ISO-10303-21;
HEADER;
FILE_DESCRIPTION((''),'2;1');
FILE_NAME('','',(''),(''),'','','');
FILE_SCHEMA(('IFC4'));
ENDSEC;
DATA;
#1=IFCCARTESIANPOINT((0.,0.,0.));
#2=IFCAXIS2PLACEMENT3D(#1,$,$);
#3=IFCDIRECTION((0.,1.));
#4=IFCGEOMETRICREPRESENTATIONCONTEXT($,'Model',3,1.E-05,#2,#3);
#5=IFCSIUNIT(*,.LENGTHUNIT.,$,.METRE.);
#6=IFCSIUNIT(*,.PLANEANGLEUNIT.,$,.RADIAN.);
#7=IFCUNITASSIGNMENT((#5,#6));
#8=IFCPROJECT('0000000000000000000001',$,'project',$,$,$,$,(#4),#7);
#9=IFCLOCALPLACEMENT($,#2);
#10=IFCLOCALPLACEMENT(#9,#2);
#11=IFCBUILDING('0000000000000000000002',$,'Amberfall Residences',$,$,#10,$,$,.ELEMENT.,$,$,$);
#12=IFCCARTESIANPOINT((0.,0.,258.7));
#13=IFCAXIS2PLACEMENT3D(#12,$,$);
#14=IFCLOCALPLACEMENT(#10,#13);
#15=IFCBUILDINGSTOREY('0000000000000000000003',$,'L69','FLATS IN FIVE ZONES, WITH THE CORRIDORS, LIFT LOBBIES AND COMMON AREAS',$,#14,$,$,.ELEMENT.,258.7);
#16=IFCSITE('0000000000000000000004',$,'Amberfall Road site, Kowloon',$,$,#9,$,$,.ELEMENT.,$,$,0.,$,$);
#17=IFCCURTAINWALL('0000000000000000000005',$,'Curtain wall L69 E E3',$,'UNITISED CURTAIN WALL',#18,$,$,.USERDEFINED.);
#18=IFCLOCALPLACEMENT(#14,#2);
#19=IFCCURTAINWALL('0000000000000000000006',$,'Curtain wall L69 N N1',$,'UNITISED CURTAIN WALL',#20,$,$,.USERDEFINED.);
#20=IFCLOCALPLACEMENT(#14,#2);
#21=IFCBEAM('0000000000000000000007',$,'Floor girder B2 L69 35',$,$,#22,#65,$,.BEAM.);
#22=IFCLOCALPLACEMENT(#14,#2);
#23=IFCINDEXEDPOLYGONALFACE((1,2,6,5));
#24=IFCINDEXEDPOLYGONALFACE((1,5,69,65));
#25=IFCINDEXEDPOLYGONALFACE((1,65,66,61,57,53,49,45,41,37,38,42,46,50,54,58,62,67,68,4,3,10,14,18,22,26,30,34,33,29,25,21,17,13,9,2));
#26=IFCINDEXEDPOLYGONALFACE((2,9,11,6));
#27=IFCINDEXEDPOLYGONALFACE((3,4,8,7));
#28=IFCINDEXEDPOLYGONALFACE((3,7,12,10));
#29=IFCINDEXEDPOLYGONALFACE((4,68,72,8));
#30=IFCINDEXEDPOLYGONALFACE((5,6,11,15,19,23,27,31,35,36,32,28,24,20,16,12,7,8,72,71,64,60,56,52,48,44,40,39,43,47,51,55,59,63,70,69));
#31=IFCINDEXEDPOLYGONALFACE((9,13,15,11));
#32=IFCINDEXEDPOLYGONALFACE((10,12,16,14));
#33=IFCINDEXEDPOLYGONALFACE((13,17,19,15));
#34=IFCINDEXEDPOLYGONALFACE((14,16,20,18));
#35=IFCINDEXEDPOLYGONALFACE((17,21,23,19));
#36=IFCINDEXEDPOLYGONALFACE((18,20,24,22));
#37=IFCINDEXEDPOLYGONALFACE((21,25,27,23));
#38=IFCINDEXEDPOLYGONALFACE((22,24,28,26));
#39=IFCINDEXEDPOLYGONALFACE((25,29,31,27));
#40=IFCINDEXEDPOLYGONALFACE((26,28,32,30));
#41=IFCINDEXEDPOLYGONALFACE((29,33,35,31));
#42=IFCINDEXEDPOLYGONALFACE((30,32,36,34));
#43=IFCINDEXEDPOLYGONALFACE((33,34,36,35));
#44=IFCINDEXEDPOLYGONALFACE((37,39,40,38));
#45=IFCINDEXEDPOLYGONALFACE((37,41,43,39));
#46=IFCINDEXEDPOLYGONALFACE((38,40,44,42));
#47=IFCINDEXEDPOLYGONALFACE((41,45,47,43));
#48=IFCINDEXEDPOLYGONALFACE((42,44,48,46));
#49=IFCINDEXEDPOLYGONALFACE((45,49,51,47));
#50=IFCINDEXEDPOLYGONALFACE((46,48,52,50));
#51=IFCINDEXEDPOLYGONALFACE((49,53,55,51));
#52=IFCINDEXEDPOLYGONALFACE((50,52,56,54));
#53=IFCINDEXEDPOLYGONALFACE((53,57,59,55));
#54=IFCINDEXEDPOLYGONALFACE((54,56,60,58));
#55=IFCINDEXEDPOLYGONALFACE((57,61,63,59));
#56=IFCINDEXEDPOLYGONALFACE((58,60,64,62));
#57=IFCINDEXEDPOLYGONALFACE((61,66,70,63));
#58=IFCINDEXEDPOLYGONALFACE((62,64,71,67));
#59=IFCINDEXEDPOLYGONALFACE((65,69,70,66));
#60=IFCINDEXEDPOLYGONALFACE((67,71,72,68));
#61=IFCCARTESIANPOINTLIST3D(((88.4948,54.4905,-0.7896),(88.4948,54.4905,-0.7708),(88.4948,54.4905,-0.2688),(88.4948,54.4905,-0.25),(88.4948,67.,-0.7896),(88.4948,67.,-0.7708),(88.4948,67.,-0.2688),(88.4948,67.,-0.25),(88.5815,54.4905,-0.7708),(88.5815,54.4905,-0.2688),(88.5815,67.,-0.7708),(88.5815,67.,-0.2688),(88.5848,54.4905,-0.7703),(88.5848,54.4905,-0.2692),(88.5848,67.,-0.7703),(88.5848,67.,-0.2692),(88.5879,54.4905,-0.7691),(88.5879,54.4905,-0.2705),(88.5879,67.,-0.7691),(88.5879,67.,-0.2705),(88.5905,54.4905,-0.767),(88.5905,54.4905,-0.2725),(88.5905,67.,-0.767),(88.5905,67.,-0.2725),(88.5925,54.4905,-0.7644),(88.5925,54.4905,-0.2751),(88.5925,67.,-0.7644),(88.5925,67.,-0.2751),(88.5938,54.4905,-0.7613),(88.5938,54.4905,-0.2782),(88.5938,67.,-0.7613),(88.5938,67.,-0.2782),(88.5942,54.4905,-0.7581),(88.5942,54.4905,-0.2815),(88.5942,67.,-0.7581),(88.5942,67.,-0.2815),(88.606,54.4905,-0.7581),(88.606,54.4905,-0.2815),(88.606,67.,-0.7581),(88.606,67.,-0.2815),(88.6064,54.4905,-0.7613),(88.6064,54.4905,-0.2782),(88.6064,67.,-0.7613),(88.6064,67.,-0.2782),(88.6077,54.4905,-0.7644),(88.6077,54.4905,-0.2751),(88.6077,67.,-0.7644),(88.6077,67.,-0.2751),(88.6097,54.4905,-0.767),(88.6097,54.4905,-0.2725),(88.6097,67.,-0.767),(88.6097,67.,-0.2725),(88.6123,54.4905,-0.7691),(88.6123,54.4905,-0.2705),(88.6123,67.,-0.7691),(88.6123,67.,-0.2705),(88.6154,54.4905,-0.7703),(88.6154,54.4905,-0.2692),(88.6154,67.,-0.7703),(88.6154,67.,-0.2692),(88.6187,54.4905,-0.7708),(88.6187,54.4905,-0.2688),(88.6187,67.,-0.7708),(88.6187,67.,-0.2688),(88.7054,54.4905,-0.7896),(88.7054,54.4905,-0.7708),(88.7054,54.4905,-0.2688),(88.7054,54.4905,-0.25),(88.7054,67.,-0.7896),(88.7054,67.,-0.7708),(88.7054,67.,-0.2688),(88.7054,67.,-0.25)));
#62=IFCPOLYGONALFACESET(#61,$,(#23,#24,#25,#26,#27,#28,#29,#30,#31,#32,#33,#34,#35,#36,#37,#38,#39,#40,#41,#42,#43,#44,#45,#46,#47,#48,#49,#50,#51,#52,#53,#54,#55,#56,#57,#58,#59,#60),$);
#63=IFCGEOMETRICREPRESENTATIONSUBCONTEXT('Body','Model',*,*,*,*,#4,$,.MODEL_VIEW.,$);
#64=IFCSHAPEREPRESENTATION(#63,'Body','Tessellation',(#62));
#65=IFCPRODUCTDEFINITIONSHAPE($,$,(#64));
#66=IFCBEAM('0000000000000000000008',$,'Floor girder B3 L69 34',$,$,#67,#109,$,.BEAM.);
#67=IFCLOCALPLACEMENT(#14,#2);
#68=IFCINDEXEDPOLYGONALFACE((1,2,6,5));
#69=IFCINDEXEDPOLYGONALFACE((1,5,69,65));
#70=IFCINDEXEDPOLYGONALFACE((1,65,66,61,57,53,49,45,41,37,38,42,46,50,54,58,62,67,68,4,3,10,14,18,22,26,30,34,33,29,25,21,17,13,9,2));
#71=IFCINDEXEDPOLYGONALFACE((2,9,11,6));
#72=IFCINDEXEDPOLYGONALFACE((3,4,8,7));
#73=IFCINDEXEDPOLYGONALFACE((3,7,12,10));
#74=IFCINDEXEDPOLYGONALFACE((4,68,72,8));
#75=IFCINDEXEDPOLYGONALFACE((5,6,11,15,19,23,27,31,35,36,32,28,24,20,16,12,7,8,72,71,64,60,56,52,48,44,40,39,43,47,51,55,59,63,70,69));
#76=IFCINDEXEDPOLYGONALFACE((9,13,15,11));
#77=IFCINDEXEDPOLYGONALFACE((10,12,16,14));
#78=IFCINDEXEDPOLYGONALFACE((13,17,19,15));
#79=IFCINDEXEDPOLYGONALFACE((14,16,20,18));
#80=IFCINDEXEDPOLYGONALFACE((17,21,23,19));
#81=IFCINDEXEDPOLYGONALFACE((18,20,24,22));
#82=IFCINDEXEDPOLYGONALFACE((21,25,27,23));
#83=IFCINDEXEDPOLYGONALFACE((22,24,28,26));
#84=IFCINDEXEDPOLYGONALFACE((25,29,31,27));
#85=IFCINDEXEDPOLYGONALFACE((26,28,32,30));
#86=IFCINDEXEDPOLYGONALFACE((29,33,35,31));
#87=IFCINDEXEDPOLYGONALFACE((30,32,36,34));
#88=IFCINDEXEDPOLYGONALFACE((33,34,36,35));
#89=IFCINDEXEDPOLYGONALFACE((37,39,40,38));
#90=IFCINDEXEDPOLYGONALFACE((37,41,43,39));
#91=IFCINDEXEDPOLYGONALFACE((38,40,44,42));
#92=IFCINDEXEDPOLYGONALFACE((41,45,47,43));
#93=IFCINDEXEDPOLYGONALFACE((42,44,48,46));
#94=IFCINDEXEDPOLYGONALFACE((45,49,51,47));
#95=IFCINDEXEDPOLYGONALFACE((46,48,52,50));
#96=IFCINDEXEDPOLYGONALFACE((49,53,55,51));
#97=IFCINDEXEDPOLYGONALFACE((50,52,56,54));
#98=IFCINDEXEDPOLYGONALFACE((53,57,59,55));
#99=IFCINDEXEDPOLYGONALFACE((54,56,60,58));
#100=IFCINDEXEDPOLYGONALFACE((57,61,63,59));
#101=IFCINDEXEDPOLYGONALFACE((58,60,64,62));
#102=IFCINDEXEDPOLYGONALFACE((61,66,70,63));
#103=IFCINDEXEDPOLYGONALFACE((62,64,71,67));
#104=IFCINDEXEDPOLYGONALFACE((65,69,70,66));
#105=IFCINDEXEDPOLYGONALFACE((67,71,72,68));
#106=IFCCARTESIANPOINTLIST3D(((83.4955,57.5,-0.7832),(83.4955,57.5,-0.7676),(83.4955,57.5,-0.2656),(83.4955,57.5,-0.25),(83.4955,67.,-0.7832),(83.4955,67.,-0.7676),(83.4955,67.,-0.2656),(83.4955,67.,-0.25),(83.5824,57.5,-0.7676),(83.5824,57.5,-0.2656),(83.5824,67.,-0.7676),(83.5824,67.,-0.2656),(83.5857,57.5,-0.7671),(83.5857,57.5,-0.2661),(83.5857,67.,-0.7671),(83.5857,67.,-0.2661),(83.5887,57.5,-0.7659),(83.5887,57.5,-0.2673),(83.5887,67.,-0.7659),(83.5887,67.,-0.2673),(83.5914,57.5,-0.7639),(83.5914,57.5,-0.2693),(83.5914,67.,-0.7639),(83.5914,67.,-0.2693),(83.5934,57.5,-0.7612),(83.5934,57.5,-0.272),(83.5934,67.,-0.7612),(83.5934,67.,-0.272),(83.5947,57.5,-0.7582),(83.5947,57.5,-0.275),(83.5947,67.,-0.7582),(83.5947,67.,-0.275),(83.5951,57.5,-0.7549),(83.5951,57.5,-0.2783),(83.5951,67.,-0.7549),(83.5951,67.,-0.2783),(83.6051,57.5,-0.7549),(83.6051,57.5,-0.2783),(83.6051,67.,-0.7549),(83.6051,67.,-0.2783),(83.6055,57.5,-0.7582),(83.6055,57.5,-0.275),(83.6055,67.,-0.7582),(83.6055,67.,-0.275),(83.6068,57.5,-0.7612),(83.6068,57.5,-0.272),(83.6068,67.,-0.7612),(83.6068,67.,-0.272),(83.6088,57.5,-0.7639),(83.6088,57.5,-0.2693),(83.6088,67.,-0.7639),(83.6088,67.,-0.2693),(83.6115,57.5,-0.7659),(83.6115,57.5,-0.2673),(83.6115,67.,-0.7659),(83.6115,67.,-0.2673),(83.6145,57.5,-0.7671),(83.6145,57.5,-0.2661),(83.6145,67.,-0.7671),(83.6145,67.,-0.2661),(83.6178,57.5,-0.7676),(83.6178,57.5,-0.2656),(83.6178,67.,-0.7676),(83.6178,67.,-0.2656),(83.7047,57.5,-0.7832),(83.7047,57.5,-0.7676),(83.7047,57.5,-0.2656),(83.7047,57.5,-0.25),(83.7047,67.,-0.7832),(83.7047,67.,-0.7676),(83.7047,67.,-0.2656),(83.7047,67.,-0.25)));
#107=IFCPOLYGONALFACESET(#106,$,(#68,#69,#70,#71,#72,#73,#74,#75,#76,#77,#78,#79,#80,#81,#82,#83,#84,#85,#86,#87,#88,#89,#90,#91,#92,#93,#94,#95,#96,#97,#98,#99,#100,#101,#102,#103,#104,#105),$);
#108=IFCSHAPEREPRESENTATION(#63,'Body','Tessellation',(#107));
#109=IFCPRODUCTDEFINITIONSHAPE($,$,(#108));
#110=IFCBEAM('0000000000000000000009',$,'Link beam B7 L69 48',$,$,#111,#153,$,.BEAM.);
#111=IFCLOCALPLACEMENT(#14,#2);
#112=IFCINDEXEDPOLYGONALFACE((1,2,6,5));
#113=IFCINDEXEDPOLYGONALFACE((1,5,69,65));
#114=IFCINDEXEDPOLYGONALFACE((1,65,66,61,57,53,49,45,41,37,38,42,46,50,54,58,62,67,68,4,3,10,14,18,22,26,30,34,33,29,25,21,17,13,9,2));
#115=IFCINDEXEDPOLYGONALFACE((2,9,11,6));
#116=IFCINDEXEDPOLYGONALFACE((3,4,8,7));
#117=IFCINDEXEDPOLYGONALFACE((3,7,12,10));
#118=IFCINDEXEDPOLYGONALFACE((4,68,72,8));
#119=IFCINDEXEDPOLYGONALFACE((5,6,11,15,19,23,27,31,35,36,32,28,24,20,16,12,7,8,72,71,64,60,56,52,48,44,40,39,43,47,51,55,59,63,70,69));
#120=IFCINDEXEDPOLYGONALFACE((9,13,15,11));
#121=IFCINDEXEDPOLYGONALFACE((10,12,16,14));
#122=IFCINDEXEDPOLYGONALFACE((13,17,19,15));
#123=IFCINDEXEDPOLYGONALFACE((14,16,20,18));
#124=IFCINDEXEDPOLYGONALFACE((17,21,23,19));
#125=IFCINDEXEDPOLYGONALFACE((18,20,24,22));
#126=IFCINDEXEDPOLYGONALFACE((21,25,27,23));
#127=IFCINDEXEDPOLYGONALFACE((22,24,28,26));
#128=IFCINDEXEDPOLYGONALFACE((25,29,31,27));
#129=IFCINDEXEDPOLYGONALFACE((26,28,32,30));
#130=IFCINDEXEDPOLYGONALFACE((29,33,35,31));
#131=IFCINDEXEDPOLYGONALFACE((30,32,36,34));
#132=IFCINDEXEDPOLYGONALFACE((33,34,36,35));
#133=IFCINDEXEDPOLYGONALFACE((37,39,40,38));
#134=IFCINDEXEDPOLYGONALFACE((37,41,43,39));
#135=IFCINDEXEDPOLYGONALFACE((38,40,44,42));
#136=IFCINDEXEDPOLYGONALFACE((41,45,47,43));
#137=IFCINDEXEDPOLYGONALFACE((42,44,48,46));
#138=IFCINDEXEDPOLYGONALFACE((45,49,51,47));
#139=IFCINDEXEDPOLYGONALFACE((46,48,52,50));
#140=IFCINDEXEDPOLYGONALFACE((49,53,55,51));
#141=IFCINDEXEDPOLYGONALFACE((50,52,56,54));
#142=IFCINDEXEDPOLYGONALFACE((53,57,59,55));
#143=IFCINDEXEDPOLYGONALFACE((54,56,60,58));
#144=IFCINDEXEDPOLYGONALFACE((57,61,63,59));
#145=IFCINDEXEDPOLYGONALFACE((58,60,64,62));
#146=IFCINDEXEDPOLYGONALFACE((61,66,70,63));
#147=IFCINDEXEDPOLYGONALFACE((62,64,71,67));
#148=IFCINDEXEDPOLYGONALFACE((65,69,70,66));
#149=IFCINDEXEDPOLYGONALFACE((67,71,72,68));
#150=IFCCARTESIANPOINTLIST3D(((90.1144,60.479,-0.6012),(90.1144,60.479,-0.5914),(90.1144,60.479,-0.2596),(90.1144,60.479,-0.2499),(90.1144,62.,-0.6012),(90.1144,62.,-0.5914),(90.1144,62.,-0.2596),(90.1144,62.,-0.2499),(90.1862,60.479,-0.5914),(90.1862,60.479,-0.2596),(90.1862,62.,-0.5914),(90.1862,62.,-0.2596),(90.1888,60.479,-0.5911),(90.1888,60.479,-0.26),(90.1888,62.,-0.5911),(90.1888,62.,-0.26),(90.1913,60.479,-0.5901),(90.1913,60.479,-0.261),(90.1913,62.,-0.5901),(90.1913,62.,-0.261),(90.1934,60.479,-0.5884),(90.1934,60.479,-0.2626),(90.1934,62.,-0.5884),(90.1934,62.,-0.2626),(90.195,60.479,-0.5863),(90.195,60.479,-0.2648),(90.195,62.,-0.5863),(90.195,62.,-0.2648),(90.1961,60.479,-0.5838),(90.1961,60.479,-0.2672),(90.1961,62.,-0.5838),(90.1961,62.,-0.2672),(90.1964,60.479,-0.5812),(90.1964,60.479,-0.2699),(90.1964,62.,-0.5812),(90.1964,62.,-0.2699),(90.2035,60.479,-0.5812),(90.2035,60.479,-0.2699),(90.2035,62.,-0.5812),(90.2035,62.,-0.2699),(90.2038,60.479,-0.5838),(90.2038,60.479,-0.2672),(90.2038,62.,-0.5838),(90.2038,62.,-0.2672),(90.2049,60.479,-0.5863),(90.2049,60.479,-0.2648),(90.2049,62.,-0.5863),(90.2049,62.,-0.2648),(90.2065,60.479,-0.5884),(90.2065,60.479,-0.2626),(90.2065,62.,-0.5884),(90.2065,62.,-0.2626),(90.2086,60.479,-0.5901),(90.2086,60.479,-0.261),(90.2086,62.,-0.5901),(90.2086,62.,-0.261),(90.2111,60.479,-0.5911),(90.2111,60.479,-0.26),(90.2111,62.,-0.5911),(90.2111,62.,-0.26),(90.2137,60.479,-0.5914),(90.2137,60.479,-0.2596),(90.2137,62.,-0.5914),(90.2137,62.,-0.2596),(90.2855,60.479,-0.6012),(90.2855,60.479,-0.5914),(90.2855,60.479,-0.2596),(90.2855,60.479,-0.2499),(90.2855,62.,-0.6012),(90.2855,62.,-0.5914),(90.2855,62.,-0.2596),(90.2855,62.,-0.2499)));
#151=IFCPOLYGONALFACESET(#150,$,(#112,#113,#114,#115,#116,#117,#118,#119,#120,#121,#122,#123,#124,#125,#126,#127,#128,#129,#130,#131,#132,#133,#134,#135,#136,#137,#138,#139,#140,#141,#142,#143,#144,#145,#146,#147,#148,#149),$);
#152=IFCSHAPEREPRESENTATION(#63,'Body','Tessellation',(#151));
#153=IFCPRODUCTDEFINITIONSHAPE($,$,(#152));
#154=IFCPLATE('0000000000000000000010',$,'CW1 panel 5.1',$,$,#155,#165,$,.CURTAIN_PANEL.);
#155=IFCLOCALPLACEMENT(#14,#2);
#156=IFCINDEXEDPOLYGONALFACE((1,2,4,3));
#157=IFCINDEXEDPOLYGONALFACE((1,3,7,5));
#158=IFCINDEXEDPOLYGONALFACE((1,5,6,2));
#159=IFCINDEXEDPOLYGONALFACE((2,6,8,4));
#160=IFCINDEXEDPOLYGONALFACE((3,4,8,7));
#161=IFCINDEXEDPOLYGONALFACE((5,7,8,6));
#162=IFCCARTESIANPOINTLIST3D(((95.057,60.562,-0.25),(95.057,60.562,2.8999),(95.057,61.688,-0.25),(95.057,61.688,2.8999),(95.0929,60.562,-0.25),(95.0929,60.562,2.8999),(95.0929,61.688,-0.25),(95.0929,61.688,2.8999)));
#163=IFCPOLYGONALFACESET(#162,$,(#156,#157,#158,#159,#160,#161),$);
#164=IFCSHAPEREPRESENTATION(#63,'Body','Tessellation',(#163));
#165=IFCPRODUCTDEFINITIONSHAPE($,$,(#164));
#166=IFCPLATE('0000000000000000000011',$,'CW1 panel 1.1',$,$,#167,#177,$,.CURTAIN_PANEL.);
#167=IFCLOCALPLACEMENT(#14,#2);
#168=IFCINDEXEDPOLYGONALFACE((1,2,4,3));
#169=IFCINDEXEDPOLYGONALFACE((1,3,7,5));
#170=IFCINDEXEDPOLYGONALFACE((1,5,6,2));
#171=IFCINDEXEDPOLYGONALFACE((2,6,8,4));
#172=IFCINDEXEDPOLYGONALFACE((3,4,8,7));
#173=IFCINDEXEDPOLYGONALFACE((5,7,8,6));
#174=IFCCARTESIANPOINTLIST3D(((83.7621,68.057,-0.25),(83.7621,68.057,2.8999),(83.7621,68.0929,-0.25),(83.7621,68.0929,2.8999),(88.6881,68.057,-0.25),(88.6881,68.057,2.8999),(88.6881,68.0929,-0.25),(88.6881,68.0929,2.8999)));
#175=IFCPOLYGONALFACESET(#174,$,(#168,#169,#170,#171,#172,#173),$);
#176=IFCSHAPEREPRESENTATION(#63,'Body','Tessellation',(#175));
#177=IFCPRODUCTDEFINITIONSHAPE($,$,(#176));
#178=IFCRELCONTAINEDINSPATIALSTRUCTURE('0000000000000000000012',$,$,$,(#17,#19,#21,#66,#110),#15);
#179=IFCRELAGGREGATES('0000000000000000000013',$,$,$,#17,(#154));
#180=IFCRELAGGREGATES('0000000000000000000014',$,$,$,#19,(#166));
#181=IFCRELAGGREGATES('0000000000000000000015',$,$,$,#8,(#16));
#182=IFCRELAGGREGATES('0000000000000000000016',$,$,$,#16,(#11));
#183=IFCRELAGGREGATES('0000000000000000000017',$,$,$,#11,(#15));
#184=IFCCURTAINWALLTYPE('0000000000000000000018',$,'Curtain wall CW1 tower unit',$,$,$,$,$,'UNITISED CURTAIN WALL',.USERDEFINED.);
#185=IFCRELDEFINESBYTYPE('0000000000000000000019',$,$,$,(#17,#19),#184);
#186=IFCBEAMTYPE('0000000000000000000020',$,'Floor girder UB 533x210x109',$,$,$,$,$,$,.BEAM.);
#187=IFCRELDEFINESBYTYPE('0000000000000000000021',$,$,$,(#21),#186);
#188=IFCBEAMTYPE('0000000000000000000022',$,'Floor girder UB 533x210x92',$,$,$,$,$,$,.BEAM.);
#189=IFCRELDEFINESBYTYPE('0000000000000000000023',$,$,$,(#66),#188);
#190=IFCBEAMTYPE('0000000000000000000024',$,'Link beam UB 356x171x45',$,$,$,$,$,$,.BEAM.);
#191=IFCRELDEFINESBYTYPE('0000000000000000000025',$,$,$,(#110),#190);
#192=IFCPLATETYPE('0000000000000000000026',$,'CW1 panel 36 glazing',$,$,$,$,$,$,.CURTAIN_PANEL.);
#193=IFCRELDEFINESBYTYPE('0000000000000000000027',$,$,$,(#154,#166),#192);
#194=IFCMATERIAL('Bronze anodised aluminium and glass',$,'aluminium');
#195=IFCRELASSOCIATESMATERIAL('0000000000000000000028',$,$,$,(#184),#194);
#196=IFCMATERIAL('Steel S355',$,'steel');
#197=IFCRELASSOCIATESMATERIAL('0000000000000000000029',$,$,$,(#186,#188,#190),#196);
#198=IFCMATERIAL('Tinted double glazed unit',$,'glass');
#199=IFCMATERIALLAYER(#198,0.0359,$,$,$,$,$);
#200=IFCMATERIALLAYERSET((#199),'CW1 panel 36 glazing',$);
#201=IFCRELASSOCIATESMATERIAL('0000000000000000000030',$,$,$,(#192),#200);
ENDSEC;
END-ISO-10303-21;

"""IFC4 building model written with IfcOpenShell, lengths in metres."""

from ifc_helpers import new_model, si_unit, direction, frame, origin, origin_2d, place, context, subcontext, project, spatial, rectangle, i_section, extrude, material, layer, layer_set, material_profile, profile_set, type_object, element, aggregate, save


model = new_model("IFC4")

# Units and contexts
model_context = context("Model", 3, precision=1e-05, world=origin(), true_north=direction((0.0, 1.0)))
body_context = subcontext(model_context, "Body", "Model", "MODEL_VIEW")
ifc_project = project(units=[si_unit("LENGTHUNIT", "METRE"), si_unit("PLANEANGLEUNIT", "RADIAN")], contexts=[model_context])

# Site, building, storey
site_placement = place(None, origin())
site = spatial("IfcSite", under=ifc_project, at=site_placement, Name="Amberfall Road site, Kowloon", CompositionType="ELEMENT", RefElevation=0.0)
building_placement = place(site_placement, origin())
building = spatial("IfcBuilding", under=site, at=building_placement, Name="Amberfall Residences", CompositionType="ELEMENT")
storey_placement = place(building_placement, frame((0.0, 0.0, 258.7)))
storey = spatial("IfcBuildingStorey", under=building, at=storey_placement, Name="L69", Description="FLATS IN FIVE ZONES, WITH THE CORRIDORS, LIFT LOBBIES AND COMMON AREAS", CompositionType="ELEMENT", Elevation=258.7)

# Curtain walls
ifc_material_1 = material(Name="Bronze anodised aluminium and glass", Category="aluminium")
curtain_wall_type = type_object("IfcCurtainWallType", Name="Curtain wall CW1 tower unit", ElementType="UNITISED CURTAIN WALL", PredefinedType="USERDEFINED", material=ifc_material_1)
curtain_wall_1_placement = place(storey_placement, origin())
curtain_wall_1 = element("IfcCurtainWall", 1, at=curtain_wall_1_placement, inside=storey, type_object=curtain_wall_type, Name="Curtain wall L69 E E3", ObjectType="UNITISED CURTAIN WALL", PredefinedType="USERDEFINED")
curtain_wall_2_placement = place(storey_placement, origin())
curtain_wall_2 = element("IfcCurtainWall", 2, at=curtain_wall_2_placement, inside=storey, type_object=curtain_wall_type, Name="Curtain wall L69 N N1", ObjectType="UNITISED CURTAIN WALL", PredefinedType="USERDEFINED")

# Shared definitions
ifc_material_2 = material(Name="Steel S355", Category="steel")

# Beams
ifc_material_profile_1 = material_profile(ifc_material_2, i_section(OverallWidth=0.2107, OverallDepth=0.5396, WebThickness=0.0117, FlangeThickness=0.0188, FilletRadius=0.0127, at=origin_2d()), Name="UB 533x210x109")
ifc_profile_set_1 = profile_set([ifc_material_profile_1], Name="Steel S355")
beam_type_1 = type_object("IfcBeamType", Name="Floor girder UB 533x210x109", PredefinedType="BEAM", material=ifc_profile_set_1)
beam_1_placement = place(storey_placement, frame((88.6001, 67.0, -0.5198), z_axis=(0.0, -1.0, 0.0), x_axis=(1.0, 0.0, 0.0)))
element("IfcBeam", 3, at=beam_1_placement, inside=storey, type_object=beam_type_1, Name="Floor girder B2 L69 35", PredefinedType="BEAM", context=body_context, shape_type="SweptSolid", body=[
    extrude(i_section(OverallWidth=0.2107, OverallDepth=0.5396, WebThickness=0.0117, FlangeThickness=0.0188, FilletRadius=0.0127, at=origin_2d()), origin(), (0.0, 0.0, 1.0), 12.5095),
])
ifc_material_profile_2 = material_profile(ifc_material_2, i_section(OverallWidth=0.2092, OverallDepth=0.5332, WebThickness=0.01, FlangeThickness=0.0156, FilletRadius=0.0127, at=origin_2d()), Name="UB 533x210x92")
ifc_profile_set_2 = profile_set([ifc_material_profile_2], Name="Steel S355")
beam_type_2 = type_object("IfcBeamType", Name="Floor girder UB 533x210x92", PredefinedType="BEAM", material=ifc_profile_set_2)
beam_2_placement = place(storey_placement, frame((83.6001, 67.0, -0.5166), z_axis=(0.0, -1.0, 0.0), x_axis=(1.0, 0.0, 0.0)))
element("IfcBeam", 4, at=beam_2_placement, inside=storey, type_object=beam_type_2, Name="Floor girder B3 L69 34", PredefinedType="BEAM", context=body_context, shape_type="SweptSolid", body=[
    extrude(i_section(OverallWidth=0.2092, OverallDepth=0.5332, WebThickness=0.01, FlangeThickness=0.0156, FilletRadius=0.0127, at=origin_2d()), origin(), (0.0, 0.0, 1.0), 9.5),
])
ifc_material_profile_3 = material_profile(ifc_material_2, i_section(OverallWidth=0.1711, OverallDepth=0.3513, WebThickness=0.0071, FlangeThickness=0.0098, FilletRadius=0.0103, at=origin_2d()), Name="UB 356x171x45")
ifc_profile_set_3 = profile_set([ifc_material_profile_3], Name="Steel S355")
beam_type_3 = type_object("IfcBeamType", Name="Link beam UB 356x171x45", PredefinedType="BEAM", material=ifc_profile_set_3)
beam_3_placement = place(storey_placement, frame((90.2, 62.0, -0.4255), z_axis=(0.0, -1.0, 0.0), x_axis=(1.0, 0.0, 0.0)))
element("IfcBeam", 5, at=beam_3_placement, inside=storey, type_object=beam_type_3, Name="Link beam B7 L69 48", PredefinedType="BEAM", context=body_context, shape_type="SweptSolid", body=[
    extrude(i_section(OverallWidth=0.1711, OverallDepth=0.3513, WebThickness=0.0071, FlangeThickness=0.0098, FilletRadius=0.0103, at=origin_2d()), origin(), (0.0, 0.0, 1.0), 1.521),
])

# Plates
ifc_material_3 = material(Name="Tinted double glazed unit", Category="glass")
ifc_layer_1 = layer(ifc_material_3, 0.0359)
ifc_layer_set_1 = layer_set([ifc_layer_1], Name="CW1 panel 36 glazing")
plate_type = type_object("IfcPlateType", Name="CW1 panel 36 glazing", PredefinedType="CURTAIN_PANEL", material=ifc_layer_set_1)
plate_1_placement = place(storey_placement, frame((95.075, 61.125, -0.25), z_axis=(0.0, 0.0, 1.0), x_axis=(0.0, 1.0, 0.0)))
plate_1 = element("IfcPlate", 6, at=plate_1_placement, type_object=plate_type, Name="CW1 panel 5.1", PredefinedType="CURTAIN_PANEL", context=body_context, shape_type="SweptSolid", body=[
    extrude(rectangle(XDim=1.126, YDim=0.0359, at=origin_2d()), origin(), (0.0, 0.0, 1.0), 3.1499),
])
aggregate(curtain_wall_1, [plate_1])
plate_2_placement = place(storey_placement, frame((86.2251, 68.075, -0.25), z_axis=(0.0, 0.0, 1.0), x_axis=(-1.0, 0.0, 0.0)))
plate_2 = element("IfcPlate", 7, at=plate_2_placement, type_object=plate_type, Name="CW1 panel 1.1", PredefinedType="CURTAIN_PANEL", context=body_context, shape_type="SweptSolid", body=[
    extrude(rectangle(XDim=4.926, YDim=0.0359, at=origin_2d()), origin(), (0.0, 0.0, 1.0), 3.1499),
])
aggregate(curtain_wall_2, [plate_2])

save(model, "model.ifc")
